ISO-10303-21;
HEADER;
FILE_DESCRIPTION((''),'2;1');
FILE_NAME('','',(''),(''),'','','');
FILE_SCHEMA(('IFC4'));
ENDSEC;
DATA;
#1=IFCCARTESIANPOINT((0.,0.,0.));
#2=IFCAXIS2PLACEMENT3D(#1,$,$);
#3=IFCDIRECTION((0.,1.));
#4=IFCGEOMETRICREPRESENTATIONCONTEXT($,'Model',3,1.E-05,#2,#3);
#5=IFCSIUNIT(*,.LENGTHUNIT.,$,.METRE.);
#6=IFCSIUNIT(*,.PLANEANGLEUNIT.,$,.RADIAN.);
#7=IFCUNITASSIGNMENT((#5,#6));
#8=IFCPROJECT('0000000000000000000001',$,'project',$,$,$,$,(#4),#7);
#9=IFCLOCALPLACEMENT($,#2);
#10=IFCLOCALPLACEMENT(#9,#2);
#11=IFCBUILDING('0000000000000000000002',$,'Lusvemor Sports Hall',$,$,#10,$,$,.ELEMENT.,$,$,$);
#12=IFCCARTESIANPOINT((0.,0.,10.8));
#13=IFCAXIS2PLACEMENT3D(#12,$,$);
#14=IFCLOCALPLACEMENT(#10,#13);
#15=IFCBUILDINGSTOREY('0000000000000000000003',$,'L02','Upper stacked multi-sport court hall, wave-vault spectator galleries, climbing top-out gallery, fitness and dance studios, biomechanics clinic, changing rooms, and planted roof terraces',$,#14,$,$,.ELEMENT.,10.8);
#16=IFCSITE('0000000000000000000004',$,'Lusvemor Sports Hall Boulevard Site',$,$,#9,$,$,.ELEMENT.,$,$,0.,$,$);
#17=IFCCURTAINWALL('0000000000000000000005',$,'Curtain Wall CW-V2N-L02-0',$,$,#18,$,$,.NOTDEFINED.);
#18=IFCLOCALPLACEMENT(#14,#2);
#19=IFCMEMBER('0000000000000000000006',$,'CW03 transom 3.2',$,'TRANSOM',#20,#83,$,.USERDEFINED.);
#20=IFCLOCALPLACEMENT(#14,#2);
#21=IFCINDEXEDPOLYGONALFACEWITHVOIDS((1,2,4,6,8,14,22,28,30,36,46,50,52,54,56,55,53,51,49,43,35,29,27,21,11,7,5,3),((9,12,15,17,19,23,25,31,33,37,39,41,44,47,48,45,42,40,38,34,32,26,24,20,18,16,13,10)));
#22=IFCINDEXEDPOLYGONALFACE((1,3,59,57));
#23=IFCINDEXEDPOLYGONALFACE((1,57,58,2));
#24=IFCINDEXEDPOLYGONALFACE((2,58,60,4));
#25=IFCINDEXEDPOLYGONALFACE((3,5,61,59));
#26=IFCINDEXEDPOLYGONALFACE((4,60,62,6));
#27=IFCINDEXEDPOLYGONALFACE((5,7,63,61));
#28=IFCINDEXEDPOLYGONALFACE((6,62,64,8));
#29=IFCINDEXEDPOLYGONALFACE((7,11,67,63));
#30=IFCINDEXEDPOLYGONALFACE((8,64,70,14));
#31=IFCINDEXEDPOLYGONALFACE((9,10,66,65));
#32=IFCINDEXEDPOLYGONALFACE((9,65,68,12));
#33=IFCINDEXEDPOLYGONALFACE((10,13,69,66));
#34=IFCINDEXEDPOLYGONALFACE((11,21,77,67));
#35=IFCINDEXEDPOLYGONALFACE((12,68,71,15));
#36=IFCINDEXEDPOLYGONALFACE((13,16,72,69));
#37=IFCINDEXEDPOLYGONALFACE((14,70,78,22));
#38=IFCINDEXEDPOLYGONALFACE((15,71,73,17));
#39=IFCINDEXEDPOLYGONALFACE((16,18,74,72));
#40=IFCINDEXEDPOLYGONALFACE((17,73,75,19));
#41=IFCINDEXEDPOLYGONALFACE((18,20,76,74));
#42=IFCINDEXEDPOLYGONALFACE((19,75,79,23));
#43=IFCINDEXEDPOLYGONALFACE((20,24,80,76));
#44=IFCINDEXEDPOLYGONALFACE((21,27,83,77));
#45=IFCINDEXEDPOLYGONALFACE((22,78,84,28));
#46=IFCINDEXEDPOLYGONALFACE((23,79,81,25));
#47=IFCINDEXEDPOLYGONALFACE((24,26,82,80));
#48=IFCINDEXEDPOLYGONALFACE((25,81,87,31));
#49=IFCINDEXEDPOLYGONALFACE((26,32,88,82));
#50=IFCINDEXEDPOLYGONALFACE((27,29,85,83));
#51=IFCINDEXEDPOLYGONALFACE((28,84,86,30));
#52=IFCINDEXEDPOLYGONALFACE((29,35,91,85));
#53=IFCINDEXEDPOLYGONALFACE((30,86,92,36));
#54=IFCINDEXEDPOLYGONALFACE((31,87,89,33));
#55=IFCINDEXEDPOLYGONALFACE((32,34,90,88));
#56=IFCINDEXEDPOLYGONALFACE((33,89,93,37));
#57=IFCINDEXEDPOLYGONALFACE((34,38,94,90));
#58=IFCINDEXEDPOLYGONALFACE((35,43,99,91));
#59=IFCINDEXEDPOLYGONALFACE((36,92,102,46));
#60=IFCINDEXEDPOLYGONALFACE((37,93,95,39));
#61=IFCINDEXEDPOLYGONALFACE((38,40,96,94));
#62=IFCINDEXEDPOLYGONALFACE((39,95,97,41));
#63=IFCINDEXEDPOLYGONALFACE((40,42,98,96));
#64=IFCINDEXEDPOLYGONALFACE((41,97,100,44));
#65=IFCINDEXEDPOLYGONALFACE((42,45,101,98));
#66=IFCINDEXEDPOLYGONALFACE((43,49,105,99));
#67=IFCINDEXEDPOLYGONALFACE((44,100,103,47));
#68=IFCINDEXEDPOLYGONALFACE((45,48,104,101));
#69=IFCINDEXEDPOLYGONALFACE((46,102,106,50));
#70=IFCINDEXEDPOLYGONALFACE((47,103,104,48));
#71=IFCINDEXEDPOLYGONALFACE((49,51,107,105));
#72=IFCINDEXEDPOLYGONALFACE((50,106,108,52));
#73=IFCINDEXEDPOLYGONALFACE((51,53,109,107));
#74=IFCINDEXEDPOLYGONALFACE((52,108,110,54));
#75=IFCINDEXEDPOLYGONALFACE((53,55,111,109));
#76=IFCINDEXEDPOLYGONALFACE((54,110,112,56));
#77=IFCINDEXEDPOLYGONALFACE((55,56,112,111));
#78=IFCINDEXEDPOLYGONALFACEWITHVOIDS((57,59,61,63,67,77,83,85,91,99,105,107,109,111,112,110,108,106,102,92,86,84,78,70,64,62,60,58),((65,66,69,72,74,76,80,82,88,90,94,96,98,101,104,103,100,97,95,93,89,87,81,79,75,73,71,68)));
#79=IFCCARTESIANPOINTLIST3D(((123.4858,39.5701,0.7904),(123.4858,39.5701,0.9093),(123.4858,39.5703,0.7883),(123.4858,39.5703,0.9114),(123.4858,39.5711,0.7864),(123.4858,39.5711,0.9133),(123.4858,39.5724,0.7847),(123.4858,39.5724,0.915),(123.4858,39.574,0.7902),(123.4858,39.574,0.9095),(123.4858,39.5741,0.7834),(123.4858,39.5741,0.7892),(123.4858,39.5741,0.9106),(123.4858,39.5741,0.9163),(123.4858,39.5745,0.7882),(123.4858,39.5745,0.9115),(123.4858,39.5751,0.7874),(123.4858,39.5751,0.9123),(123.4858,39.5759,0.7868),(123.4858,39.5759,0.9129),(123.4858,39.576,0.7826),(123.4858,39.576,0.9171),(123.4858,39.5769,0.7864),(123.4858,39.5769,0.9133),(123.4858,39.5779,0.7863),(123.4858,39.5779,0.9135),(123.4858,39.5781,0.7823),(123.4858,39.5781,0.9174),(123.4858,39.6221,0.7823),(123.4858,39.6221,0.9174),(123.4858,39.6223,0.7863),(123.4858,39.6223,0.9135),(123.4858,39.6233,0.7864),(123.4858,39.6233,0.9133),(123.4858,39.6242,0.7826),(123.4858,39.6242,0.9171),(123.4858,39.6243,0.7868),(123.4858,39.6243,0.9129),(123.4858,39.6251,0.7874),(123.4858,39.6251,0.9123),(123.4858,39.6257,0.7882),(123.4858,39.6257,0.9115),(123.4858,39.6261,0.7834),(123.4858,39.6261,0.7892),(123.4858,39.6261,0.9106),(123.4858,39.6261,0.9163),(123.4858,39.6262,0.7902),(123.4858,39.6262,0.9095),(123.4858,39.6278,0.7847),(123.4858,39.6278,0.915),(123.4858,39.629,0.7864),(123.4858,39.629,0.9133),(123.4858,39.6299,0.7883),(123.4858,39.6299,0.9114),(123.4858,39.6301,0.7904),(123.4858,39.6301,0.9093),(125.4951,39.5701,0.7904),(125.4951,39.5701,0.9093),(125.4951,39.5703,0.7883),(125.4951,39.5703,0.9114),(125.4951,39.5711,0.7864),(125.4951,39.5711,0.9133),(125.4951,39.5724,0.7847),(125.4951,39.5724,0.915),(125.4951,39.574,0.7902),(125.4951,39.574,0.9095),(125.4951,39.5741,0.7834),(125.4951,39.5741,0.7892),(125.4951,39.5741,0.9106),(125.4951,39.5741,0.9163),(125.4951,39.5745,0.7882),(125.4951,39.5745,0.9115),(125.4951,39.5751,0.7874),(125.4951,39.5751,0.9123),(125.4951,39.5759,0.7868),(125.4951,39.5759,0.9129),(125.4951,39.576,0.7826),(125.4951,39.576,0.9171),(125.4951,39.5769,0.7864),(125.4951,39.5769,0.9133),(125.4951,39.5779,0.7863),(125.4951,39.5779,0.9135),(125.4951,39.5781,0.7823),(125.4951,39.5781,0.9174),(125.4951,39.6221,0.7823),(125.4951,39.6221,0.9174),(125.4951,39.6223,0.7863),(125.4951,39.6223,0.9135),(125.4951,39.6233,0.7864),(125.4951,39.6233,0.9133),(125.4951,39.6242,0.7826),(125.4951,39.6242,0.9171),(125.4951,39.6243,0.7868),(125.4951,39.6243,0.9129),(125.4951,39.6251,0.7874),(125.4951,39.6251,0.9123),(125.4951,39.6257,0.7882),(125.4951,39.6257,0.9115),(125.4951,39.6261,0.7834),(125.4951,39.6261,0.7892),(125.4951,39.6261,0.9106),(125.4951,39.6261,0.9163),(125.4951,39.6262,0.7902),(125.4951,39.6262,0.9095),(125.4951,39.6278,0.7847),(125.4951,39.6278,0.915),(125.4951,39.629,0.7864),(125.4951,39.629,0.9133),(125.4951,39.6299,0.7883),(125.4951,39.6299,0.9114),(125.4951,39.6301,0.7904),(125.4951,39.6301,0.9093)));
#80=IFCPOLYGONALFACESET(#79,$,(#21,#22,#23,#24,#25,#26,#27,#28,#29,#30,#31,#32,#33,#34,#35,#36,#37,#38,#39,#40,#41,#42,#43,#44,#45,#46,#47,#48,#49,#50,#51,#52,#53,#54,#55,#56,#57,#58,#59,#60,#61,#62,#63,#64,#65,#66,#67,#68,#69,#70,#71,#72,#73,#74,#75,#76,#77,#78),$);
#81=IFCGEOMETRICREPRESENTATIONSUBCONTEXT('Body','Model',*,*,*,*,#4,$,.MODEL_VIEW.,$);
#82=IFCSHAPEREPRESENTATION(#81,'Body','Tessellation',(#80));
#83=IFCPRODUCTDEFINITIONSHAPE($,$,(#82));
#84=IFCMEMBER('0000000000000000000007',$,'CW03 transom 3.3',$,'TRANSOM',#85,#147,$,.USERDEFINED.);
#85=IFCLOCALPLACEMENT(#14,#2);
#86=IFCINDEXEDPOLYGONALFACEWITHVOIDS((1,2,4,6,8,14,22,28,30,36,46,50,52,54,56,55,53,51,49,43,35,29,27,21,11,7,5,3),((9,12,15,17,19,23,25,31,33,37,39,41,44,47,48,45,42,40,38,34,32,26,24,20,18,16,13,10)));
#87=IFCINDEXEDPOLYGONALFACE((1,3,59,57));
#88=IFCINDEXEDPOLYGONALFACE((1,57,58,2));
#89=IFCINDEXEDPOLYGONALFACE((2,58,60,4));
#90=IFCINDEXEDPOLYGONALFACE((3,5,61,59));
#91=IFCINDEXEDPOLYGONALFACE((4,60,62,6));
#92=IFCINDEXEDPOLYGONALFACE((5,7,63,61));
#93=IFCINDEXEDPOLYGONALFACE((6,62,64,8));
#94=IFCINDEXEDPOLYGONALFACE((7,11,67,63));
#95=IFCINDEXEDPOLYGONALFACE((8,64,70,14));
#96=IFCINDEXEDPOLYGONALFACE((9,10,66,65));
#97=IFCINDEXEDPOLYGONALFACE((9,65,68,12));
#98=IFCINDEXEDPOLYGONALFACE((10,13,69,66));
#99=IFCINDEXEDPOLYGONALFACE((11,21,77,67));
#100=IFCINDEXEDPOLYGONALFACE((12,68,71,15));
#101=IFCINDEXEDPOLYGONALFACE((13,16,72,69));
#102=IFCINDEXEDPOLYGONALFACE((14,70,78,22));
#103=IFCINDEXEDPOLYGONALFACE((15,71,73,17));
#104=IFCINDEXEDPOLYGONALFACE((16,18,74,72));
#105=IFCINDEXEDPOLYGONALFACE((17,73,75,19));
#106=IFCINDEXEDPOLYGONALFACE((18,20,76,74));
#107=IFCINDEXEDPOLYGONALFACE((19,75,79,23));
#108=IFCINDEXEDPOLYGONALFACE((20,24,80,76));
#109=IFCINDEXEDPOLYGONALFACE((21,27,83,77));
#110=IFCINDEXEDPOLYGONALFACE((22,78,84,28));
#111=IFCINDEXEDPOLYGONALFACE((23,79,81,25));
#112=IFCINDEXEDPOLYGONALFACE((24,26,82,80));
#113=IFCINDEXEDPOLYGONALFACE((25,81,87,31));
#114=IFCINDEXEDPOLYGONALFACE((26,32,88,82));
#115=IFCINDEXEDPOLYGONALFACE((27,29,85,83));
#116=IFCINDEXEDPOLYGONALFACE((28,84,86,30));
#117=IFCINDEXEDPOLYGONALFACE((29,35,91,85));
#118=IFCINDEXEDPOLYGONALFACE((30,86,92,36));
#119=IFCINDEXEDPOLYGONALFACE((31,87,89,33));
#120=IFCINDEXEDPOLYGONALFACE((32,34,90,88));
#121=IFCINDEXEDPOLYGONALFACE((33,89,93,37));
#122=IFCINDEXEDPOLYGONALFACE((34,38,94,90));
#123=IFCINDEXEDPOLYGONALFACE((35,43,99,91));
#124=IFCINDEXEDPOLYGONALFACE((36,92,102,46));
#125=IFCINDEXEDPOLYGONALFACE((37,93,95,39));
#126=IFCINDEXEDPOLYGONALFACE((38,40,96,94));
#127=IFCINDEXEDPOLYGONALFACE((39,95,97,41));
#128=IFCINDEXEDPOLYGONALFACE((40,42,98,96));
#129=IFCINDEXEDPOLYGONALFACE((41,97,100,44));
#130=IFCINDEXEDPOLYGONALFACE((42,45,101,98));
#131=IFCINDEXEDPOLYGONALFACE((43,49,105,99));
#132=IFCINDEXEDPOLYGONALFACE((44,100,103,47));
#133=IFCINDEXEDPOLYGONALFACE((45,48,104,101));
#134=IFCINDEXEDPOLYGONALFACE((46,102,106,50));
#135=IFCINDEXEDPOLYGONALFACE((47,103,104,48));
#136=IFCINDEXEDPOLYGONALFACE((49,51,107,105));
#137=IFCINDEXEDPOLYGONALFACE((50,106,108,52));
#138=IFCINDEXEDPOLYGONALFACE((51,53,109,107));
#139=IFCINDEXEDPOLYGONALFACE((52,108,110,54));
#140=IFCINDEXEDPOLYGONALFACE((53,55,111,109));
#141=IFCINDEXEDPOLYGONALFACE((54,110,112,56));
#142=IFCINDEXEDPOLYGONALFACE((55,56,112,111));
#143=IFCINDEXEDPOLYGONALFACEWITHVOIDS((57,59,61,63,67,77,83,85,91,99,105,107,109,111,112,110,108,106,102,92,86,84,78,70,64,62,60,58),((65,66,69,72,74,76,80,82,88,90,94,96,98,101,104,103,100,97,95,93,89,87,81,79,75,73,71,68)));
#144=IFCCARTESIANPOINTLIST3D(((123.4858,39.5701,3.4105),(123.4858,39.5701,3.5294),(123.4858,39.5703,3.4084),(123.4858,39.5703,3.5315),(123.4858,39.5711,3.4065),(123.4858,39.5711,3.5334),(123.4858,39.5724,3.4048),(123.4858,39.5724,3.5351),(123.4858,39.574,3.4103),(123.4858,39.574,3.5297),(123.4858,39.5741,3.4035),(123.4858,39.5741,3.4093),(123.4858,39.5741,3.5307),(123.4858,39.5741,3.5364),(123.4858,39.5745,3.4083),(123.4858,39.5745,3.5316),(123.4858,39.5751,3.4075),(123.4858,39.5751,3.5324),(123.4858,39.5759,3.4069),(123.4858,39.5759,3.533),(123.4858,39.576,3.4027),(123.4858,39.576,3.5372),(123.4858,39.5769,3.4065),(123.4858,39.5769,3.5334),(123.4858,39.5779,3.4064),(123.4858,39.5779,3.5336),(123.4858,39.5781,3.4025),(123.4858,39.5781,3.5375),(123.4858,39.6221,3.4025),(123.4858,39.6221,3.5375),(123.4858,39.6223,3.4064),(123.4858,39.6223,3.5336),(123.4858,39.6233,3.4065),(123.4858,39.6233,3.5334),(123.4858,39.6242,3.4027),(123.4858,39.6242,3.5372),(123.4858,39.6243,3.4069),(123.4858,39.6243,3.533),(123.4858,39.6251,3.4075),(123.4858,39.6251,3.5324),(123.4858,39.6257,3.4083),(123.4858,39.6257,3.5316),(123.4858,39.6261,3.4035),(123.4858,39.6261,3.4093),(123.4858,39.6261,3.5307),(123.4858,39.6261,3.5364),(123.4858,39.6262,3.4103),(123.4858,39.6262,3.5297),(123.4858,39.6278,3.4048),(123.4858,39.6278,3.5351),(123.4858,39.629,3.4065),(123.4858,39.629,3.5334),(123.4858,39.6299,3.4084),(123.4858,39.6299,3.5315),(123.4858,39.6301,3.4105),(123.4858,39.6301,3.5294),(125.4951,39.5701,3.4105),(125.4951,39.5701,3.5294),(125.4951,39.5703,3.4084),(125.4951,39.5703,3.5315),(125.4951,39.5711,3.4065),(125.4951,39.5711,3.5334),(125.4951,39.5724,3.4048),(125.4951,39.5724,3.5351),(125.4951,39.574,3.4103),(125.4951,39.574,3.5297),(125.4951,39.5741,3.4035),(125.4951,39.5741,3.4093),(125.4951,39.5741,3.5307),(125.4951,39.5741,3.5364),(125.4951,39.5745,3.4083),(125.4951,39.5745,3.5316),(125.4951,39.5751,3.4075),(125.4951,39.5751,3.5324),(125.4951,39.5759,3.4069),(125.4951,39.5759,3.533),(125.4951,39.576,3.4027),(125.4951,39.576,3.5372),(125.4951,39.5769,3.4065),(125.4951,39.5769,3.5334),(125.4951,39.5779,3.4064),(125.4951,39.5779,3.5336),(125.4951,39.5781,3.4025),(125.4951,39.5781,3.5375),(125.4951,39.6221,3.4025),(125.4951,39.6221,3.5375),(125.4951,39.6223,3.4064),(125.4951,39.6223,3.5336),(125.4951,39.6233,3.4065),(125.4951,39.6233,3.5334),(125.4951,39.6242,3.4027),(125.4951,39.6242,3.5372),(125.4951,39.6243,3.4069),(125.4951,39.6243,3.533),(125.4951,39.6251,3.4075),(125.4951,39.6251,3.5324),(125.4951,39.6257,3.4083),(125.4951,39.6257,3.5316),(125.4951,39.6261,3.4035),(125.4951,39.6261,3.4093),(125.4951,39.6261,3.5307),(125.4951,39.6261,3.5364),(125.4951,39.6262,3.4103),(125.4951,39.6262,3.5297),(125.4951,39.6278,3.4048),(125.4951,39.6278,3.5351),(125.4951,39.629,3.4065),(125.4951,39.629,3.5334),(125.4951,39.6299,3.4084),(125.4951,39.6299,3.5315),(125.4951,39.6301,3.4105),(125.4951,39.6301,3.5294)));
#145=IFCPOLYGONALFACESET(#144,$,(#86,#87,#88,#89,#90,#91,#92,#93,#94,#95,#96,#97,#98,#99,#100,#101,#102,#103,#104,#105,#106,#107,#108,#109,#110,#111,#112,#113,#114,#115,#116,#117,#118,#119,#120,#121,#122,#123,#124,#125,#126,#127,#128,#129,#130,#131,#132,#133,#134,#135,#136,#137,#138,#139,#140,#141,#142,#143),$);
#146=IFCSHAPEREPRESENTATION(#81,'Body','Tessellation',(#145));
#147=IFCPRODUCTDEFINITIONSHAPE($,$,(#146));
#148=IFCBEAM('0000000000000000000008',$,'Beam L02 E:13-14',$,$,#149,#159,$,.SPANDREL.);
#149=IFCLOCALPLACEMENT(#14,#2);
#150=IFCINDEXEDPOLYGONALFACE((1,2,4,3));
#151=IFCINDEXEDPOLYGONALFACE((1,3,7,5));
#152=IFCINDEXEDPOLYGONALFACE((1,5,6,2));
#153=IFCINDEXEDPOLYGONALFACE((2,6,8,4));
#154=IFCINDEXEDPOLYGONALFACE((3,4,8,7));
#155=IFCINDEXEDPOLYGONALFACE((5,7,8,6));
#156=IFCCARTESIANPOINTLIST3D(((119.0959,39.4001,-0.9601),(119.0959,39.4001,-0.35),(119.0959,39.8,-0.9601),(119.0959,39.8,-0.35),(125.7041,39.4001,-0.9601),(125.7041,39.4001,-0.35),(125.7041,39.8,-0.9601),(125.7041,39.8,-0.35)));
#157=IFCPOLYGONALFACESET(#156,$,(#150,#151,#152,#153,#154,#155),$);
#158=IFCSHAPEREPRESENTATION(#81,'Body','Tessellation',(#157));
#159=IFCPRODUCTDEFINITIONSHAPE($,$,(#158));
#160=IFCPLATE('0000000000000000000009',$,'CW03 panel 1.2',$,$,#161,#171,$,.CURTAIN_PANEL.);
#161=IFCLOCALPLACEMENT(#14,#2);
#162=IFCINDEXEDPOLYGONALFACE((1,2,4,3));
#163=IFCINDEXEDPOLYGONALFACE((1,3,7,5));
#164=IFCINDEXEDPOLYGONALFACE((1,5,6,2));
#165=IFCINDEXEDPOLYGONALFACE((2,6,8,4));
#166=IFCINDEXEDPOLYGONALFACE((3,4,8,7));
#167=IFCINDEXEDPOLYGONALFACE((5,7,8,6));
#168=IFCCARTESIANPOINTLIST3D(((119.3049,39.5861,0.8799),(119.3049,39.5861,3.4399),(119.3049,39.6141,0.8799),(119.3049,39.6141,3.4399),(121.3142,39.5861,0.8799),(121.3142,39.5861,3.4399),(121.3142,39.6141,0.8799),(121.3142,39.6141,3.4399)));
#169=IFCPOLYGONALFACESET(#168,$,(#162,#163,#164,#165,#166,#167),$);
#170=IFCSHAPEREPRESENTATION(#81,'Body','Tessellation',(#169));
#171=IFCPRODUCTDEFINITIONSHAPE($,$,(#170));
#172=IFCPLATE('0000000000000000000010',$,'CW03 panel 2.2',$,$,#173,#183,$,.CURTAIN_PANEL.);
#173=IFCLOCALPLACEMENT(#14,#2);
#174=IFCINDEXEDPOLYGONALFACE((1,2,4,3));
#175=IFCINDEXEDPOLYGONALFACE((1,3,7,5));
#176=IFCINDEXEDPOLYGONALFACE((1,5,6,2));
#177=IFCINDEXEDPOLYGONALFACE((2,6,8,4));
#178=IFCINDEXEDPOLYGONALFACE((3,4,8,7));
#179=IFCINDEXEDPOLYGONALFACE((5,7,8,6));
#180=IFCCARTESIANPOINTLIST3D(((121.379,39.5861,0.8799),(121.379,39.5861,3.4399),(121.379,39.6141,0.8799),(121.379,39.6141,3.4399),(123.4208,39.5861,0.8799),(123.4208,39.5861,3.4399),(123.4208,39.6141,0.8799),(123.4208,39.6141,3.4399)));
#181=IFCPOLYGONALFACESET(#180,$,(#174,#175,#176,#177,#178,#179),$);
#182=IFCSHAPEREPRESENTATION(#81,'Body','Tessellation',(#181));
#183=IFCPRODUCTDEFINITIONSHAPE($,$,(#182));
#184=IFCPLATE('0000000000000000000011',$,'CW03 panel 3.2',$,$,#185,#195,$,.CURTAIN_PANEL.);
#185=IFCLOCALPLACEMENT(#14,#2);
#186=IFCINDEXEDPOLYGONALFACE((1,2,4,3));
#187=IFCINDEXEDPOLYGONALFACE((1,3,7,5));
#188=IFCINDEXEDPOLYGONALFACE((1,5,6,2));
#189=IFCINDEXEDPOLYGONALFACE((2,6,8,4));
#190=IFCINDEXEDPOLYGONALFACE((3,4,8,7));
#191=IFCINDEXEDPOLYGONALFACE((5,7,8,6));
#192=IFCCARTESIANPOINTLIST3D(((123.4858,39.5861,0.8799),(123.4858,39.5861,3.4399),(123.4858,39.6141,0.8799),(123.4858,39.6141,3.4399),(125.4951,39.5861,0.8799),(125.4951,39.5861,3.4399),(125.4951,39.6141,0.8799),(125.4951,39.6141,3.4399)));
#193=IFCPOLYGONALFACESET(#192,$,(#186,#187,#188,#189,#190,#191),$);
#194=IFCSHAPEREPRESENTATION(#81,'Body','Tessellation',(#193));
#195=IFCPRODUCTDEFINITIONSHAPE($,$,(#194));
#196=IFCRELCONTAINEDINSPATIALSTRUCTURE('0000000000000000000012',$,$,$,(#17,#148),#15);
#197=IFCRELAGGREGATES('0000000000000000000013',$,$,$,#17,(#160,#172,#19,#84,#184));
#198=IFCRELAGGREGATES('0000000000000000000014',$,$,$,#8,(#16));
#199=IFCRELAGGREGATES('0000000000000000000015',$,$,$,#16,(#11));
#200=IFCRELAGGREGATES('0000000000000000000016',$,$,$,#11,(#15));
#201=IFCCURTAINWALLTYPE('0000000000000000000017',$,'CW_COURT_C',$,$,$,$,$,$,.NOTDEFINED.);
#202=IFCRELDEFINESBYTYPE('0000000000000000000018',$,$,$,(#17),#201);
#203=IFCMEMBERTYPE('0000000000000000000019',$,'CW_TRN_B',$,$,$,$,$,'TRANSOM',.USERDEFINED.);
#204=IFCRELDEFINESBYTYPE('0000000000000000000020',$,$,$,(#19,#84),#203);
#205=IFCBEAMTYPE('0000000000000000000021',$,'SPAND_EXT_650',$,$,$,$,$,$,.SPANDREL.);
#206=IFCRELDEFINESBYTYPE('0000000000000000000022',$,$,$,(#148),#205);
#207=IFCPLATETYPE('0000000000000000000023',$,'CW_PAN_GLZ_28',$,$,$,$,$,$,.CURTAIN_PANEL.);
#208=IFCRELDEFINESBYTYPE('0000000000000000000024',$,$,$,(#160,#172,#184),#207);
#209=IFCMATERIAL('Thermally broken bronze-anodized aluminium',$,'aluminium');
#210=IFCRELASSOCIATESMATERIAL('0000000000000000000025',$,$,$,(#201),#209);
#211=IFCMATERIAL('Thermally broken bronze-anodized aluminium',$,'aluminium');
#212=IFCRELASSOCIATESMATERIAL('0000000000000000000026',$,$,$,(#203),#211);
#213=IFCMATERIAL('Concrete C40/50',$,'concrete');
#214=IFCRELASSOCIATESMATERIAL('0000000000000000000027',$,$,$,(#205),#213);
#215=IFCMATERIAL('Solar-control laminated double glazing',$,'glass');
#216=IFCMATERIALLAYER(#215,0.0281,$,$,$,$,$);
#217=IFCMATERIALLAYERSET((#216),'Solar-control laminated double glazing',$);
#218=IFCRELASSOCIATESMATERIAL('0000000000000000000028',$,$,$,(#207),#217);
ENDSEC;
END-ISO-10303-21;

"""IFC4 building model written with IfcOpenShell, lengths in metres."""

from ifc_helpers import new_model, si_unit, direction, frame, origin, origin_2d, place, context, subcontext, project, spatial, rectangle, hollow_rectangle, extrude, material, layer, layer_set, material_profile, profile_set, type_object, element, aggregate, save


model = new_model("IFC4")

# Units and contexts
model_context = context("Model", 3, precision=1e-05, world=origin(), true_north=direction((0.0, 1.0)))
body_context = subcontext(model_context, "Body", "Model", "MODEL_VIEW")
ifc_project = project(units=[si_unit("LENGTHUNIT", "METRE"), si_unit("PLANEANGLEUNIT", "RADIAN")], contexts=[model_context])

# Site, building, storey
site_placement = place(None, origin())
site = spatial("IfcSite", under=ifc_project, at=site_placement, Name="Lusvemor Sports Hall Boulevard Site", CompositionType="ELEMENT", RefElevation=0.0)
building_placement = place(site_placement, origin())
building = spatial("IfcBuilding", under=site, at=building_placement, Name="Lusvemor Sports Hall", CompositionType="ELEMENT")
storey_placement = place(building_placement, frame((0.0, 0.0, 10.8)))
storey = spatial("IfcBuildingStorey", under=building, at=storey_placement, Name="L02", Description="Upper stacked multi-sport court hall, wave-vault spectator galleries, climbing top-out gallery, fitness and dance studios, biomechanics clinic, changing rooms, and planted roof terraces", CompositionType="ELEMENT", Elevation=10.8)

# Curtain wall
ifc_material_1 = material(Name="Thermally broken bronze-anodized aluminium", Category="aluminium")
curtain_wall_type = type_object("IfcCurtainWallType", Name="CW_COURT_C", PredefinedType="NOTDEFINED", material=ifc_material_1)
curtain_wall_1_placement = place(storey_placement, origin())
curtain_wall_1 = element("IfcCurtainWall", 1, at=curtain_wall_1_placement, inside=storey, type_object=curtain_wall_type, Name="Curtain Wall CW-V2N-L02-0", PredefinedType="NOTDEFINED")

# Members
ifc_material_2 = material(Name="Thermally broken bronze-anodized aluminium", Category="aluminium")
ifc_material_profile_1 = material_profile(ifc_material_2, hollow_rectangle(XDim=0.0601, YDim=0.135, WallThickness=0.0039, InnerFilletRadius=0.0039, OuterFilletRadius=0.0081, at=origin_2d()), Name="CWTRN135x60x4")
ifc_profile_set_1 = profile_set([ifc_material_profile_1], Name="Thermally broken bronze-anodized aluminium")
member_type_1 = type_object("IfcMemberType", Name="CW_TRN_B", ElementType="TRANSOM", PredefinedType="USERDEFINED", material=ifc_profile_set_1)
member_1_placement = place(storey_placement, frame((123.4858, 39.6001, 0.8499), z_axis=(1.0, 0.0, 0.0), x_axis=(0.0, 1.0, 0.0)))
member_1 = element("IfcMember", 2, at=member_1_placement, type_object=member_type_1, Name="CW03 transom 3.2", ObjectType="TRANSOM", PredefinedType="USERDEFINED", context=body_context, shape_type="SweptSolid", body=[
    extrude(hollow_rectangle(XDim=0.0601, YDim=0.135, WallThickness=0.0039, InnerFilletRadius=0.0039, OuterFilletRadius=0.0081, at=origin_2d()), origin(), (0.0, 0.0, 1.0), 2.0093),
])
member_2_placement = place(storey_placement, frame((123.4858, 39.6001, 3.47), z_axis=(1.0, 0.0, 0.0), x_axis=(0.0, 1.0, 0.0)))
member_2 = element("IfcMember", 3, at=member_2_placement, type_object=member_type_1, Name="CW03 transom 3.3", ObjectType="TRANSOM", PredefinedType="USERDEFINED", context=body_context, shape_type="SweptSolid", body=[
    extrude(hollow_rectangle(XDim=0.0601, YDim=0.135, WallThickness=0.0039, InnerFilletRadius=0.0039, OuterFilletRadius=0.0081, at=origin_2d()), origin(), (0.0, 0.0, 1.0), 2.0093),
])

# Beam
ifc_material_3 = material(Name="Concrete C40/50", Category="concrete")
ifc_material_profile_2 = material_profile(ifc_material_3, rectangle(XDim=0.3999, YDim=0.6101, at=origin_2d()), Name="RC400x610")
ifc_profile_set_2 = profile_set([ifc_material_profile_2], Name="Concrete C40/50")
beam_type = type_object("IfcBeamType", Name="SPAND_EXT_650", PredefinedType="SPANDREL", material=ifc_profile_set_2)
beam_placement = place(storey_placement, frame((119.0959, 39.6001, -0.655), z_axis=(1.0, 0.0, 0.0), x_axis=(0.0, 1.0, 0.0)))
element("IfcBeam", 4, at=beam_placement, inside=storey, type_object=beam_type, Name="Beam L02 E:13-14", PredefinedType="SPANDREL", context=body_context, shape_type="SweptSolid", body=[
    extrude(rectangle(XDim=0.3999, YDim=0.6101, at=origin_2d()), origin(), (0.0, 0.0, 1.0), 6.6082),
])

# Plates
ifc_material_4 = material(Name="Solar-control laminated double glazing", Category="glass")
ifc_layer_1 = layer(ifc_material_4, 0.0281)
ifc_layer_set_1 = layer_set([ifc_layer_1], Name="Solar-control laminated double glazing")
plate_type_1 = type_object("IfcPlateType", Name="CW_PAN_GLZ_28", PredefinedType="CURTAIN_PANEL", material=ifc_layer_set_1)
plate_1_placement = place(storey_placement, frame((120.3096, 39.6001, 0.8799), z_axis=(0.0, 0.0, 1.0), x_axis=(1.0, 0.0, 0.0)))
plate_1 = element("IfcPlate", 5, at=plate_1_placement, type_object=plate_type_1, Name="CW03 panel 1.2", PredefinedType="CURTAIN_PANEL", context=body_context, shape_type="SweptSolid", body=[
    extrude(rectangle(XDim=2.0093, YDim=0.0281, at=origin_2d()), origin(), (0.0, 0.0, 1.0), 2.5601),
])
plate_2_placement = place(storey_placement, frame((122.3999, 39.6001, 0.8799), z_axis=(0.0, 0.0, 1.0), x_axis=(1.0, 0.0, 0.0)))
plate_2 = element("IfcPlate", 6, at=plate_2_placement, type_object=plate_type_1, Name="CW03 panel 2.2", PredefinedType="CURTAIN_PANEL", context=body_context, shape_type="SweptSolid", body=[
    extrude(rectangle(XDim=2.0417, YDim=0.0281, at=origin_2d()), origin(), (0.0, 0.0, 1.0), 2.5601),
])
plate_3_placement = place(storey_placement, frame((124.4905, 39.6001, 0.8799), z_axis=(0.0, 0.0, 1.0), x_axis=(1.0, 0.0, 0.0)))
plate_3 = element("IfcPlate", 7, at=plate_3_placement, type_object=plate_type_1, Name="CW03 panel 3.2", PredefinedType="CURTAIN_PANEL", context=body_context, shape_type="SweptSolid", body=[
    extrude(rectangle(XDim=2.0093, YDim=0.0281, at=origin_2d()), origin(), (0.0, 0.0, 1.0), 2.5601),
])
aggregate(curtain_wall_1, [plate_1, plate_2, member_1, member_2, plate_3])

save(model, "model.ifc")
